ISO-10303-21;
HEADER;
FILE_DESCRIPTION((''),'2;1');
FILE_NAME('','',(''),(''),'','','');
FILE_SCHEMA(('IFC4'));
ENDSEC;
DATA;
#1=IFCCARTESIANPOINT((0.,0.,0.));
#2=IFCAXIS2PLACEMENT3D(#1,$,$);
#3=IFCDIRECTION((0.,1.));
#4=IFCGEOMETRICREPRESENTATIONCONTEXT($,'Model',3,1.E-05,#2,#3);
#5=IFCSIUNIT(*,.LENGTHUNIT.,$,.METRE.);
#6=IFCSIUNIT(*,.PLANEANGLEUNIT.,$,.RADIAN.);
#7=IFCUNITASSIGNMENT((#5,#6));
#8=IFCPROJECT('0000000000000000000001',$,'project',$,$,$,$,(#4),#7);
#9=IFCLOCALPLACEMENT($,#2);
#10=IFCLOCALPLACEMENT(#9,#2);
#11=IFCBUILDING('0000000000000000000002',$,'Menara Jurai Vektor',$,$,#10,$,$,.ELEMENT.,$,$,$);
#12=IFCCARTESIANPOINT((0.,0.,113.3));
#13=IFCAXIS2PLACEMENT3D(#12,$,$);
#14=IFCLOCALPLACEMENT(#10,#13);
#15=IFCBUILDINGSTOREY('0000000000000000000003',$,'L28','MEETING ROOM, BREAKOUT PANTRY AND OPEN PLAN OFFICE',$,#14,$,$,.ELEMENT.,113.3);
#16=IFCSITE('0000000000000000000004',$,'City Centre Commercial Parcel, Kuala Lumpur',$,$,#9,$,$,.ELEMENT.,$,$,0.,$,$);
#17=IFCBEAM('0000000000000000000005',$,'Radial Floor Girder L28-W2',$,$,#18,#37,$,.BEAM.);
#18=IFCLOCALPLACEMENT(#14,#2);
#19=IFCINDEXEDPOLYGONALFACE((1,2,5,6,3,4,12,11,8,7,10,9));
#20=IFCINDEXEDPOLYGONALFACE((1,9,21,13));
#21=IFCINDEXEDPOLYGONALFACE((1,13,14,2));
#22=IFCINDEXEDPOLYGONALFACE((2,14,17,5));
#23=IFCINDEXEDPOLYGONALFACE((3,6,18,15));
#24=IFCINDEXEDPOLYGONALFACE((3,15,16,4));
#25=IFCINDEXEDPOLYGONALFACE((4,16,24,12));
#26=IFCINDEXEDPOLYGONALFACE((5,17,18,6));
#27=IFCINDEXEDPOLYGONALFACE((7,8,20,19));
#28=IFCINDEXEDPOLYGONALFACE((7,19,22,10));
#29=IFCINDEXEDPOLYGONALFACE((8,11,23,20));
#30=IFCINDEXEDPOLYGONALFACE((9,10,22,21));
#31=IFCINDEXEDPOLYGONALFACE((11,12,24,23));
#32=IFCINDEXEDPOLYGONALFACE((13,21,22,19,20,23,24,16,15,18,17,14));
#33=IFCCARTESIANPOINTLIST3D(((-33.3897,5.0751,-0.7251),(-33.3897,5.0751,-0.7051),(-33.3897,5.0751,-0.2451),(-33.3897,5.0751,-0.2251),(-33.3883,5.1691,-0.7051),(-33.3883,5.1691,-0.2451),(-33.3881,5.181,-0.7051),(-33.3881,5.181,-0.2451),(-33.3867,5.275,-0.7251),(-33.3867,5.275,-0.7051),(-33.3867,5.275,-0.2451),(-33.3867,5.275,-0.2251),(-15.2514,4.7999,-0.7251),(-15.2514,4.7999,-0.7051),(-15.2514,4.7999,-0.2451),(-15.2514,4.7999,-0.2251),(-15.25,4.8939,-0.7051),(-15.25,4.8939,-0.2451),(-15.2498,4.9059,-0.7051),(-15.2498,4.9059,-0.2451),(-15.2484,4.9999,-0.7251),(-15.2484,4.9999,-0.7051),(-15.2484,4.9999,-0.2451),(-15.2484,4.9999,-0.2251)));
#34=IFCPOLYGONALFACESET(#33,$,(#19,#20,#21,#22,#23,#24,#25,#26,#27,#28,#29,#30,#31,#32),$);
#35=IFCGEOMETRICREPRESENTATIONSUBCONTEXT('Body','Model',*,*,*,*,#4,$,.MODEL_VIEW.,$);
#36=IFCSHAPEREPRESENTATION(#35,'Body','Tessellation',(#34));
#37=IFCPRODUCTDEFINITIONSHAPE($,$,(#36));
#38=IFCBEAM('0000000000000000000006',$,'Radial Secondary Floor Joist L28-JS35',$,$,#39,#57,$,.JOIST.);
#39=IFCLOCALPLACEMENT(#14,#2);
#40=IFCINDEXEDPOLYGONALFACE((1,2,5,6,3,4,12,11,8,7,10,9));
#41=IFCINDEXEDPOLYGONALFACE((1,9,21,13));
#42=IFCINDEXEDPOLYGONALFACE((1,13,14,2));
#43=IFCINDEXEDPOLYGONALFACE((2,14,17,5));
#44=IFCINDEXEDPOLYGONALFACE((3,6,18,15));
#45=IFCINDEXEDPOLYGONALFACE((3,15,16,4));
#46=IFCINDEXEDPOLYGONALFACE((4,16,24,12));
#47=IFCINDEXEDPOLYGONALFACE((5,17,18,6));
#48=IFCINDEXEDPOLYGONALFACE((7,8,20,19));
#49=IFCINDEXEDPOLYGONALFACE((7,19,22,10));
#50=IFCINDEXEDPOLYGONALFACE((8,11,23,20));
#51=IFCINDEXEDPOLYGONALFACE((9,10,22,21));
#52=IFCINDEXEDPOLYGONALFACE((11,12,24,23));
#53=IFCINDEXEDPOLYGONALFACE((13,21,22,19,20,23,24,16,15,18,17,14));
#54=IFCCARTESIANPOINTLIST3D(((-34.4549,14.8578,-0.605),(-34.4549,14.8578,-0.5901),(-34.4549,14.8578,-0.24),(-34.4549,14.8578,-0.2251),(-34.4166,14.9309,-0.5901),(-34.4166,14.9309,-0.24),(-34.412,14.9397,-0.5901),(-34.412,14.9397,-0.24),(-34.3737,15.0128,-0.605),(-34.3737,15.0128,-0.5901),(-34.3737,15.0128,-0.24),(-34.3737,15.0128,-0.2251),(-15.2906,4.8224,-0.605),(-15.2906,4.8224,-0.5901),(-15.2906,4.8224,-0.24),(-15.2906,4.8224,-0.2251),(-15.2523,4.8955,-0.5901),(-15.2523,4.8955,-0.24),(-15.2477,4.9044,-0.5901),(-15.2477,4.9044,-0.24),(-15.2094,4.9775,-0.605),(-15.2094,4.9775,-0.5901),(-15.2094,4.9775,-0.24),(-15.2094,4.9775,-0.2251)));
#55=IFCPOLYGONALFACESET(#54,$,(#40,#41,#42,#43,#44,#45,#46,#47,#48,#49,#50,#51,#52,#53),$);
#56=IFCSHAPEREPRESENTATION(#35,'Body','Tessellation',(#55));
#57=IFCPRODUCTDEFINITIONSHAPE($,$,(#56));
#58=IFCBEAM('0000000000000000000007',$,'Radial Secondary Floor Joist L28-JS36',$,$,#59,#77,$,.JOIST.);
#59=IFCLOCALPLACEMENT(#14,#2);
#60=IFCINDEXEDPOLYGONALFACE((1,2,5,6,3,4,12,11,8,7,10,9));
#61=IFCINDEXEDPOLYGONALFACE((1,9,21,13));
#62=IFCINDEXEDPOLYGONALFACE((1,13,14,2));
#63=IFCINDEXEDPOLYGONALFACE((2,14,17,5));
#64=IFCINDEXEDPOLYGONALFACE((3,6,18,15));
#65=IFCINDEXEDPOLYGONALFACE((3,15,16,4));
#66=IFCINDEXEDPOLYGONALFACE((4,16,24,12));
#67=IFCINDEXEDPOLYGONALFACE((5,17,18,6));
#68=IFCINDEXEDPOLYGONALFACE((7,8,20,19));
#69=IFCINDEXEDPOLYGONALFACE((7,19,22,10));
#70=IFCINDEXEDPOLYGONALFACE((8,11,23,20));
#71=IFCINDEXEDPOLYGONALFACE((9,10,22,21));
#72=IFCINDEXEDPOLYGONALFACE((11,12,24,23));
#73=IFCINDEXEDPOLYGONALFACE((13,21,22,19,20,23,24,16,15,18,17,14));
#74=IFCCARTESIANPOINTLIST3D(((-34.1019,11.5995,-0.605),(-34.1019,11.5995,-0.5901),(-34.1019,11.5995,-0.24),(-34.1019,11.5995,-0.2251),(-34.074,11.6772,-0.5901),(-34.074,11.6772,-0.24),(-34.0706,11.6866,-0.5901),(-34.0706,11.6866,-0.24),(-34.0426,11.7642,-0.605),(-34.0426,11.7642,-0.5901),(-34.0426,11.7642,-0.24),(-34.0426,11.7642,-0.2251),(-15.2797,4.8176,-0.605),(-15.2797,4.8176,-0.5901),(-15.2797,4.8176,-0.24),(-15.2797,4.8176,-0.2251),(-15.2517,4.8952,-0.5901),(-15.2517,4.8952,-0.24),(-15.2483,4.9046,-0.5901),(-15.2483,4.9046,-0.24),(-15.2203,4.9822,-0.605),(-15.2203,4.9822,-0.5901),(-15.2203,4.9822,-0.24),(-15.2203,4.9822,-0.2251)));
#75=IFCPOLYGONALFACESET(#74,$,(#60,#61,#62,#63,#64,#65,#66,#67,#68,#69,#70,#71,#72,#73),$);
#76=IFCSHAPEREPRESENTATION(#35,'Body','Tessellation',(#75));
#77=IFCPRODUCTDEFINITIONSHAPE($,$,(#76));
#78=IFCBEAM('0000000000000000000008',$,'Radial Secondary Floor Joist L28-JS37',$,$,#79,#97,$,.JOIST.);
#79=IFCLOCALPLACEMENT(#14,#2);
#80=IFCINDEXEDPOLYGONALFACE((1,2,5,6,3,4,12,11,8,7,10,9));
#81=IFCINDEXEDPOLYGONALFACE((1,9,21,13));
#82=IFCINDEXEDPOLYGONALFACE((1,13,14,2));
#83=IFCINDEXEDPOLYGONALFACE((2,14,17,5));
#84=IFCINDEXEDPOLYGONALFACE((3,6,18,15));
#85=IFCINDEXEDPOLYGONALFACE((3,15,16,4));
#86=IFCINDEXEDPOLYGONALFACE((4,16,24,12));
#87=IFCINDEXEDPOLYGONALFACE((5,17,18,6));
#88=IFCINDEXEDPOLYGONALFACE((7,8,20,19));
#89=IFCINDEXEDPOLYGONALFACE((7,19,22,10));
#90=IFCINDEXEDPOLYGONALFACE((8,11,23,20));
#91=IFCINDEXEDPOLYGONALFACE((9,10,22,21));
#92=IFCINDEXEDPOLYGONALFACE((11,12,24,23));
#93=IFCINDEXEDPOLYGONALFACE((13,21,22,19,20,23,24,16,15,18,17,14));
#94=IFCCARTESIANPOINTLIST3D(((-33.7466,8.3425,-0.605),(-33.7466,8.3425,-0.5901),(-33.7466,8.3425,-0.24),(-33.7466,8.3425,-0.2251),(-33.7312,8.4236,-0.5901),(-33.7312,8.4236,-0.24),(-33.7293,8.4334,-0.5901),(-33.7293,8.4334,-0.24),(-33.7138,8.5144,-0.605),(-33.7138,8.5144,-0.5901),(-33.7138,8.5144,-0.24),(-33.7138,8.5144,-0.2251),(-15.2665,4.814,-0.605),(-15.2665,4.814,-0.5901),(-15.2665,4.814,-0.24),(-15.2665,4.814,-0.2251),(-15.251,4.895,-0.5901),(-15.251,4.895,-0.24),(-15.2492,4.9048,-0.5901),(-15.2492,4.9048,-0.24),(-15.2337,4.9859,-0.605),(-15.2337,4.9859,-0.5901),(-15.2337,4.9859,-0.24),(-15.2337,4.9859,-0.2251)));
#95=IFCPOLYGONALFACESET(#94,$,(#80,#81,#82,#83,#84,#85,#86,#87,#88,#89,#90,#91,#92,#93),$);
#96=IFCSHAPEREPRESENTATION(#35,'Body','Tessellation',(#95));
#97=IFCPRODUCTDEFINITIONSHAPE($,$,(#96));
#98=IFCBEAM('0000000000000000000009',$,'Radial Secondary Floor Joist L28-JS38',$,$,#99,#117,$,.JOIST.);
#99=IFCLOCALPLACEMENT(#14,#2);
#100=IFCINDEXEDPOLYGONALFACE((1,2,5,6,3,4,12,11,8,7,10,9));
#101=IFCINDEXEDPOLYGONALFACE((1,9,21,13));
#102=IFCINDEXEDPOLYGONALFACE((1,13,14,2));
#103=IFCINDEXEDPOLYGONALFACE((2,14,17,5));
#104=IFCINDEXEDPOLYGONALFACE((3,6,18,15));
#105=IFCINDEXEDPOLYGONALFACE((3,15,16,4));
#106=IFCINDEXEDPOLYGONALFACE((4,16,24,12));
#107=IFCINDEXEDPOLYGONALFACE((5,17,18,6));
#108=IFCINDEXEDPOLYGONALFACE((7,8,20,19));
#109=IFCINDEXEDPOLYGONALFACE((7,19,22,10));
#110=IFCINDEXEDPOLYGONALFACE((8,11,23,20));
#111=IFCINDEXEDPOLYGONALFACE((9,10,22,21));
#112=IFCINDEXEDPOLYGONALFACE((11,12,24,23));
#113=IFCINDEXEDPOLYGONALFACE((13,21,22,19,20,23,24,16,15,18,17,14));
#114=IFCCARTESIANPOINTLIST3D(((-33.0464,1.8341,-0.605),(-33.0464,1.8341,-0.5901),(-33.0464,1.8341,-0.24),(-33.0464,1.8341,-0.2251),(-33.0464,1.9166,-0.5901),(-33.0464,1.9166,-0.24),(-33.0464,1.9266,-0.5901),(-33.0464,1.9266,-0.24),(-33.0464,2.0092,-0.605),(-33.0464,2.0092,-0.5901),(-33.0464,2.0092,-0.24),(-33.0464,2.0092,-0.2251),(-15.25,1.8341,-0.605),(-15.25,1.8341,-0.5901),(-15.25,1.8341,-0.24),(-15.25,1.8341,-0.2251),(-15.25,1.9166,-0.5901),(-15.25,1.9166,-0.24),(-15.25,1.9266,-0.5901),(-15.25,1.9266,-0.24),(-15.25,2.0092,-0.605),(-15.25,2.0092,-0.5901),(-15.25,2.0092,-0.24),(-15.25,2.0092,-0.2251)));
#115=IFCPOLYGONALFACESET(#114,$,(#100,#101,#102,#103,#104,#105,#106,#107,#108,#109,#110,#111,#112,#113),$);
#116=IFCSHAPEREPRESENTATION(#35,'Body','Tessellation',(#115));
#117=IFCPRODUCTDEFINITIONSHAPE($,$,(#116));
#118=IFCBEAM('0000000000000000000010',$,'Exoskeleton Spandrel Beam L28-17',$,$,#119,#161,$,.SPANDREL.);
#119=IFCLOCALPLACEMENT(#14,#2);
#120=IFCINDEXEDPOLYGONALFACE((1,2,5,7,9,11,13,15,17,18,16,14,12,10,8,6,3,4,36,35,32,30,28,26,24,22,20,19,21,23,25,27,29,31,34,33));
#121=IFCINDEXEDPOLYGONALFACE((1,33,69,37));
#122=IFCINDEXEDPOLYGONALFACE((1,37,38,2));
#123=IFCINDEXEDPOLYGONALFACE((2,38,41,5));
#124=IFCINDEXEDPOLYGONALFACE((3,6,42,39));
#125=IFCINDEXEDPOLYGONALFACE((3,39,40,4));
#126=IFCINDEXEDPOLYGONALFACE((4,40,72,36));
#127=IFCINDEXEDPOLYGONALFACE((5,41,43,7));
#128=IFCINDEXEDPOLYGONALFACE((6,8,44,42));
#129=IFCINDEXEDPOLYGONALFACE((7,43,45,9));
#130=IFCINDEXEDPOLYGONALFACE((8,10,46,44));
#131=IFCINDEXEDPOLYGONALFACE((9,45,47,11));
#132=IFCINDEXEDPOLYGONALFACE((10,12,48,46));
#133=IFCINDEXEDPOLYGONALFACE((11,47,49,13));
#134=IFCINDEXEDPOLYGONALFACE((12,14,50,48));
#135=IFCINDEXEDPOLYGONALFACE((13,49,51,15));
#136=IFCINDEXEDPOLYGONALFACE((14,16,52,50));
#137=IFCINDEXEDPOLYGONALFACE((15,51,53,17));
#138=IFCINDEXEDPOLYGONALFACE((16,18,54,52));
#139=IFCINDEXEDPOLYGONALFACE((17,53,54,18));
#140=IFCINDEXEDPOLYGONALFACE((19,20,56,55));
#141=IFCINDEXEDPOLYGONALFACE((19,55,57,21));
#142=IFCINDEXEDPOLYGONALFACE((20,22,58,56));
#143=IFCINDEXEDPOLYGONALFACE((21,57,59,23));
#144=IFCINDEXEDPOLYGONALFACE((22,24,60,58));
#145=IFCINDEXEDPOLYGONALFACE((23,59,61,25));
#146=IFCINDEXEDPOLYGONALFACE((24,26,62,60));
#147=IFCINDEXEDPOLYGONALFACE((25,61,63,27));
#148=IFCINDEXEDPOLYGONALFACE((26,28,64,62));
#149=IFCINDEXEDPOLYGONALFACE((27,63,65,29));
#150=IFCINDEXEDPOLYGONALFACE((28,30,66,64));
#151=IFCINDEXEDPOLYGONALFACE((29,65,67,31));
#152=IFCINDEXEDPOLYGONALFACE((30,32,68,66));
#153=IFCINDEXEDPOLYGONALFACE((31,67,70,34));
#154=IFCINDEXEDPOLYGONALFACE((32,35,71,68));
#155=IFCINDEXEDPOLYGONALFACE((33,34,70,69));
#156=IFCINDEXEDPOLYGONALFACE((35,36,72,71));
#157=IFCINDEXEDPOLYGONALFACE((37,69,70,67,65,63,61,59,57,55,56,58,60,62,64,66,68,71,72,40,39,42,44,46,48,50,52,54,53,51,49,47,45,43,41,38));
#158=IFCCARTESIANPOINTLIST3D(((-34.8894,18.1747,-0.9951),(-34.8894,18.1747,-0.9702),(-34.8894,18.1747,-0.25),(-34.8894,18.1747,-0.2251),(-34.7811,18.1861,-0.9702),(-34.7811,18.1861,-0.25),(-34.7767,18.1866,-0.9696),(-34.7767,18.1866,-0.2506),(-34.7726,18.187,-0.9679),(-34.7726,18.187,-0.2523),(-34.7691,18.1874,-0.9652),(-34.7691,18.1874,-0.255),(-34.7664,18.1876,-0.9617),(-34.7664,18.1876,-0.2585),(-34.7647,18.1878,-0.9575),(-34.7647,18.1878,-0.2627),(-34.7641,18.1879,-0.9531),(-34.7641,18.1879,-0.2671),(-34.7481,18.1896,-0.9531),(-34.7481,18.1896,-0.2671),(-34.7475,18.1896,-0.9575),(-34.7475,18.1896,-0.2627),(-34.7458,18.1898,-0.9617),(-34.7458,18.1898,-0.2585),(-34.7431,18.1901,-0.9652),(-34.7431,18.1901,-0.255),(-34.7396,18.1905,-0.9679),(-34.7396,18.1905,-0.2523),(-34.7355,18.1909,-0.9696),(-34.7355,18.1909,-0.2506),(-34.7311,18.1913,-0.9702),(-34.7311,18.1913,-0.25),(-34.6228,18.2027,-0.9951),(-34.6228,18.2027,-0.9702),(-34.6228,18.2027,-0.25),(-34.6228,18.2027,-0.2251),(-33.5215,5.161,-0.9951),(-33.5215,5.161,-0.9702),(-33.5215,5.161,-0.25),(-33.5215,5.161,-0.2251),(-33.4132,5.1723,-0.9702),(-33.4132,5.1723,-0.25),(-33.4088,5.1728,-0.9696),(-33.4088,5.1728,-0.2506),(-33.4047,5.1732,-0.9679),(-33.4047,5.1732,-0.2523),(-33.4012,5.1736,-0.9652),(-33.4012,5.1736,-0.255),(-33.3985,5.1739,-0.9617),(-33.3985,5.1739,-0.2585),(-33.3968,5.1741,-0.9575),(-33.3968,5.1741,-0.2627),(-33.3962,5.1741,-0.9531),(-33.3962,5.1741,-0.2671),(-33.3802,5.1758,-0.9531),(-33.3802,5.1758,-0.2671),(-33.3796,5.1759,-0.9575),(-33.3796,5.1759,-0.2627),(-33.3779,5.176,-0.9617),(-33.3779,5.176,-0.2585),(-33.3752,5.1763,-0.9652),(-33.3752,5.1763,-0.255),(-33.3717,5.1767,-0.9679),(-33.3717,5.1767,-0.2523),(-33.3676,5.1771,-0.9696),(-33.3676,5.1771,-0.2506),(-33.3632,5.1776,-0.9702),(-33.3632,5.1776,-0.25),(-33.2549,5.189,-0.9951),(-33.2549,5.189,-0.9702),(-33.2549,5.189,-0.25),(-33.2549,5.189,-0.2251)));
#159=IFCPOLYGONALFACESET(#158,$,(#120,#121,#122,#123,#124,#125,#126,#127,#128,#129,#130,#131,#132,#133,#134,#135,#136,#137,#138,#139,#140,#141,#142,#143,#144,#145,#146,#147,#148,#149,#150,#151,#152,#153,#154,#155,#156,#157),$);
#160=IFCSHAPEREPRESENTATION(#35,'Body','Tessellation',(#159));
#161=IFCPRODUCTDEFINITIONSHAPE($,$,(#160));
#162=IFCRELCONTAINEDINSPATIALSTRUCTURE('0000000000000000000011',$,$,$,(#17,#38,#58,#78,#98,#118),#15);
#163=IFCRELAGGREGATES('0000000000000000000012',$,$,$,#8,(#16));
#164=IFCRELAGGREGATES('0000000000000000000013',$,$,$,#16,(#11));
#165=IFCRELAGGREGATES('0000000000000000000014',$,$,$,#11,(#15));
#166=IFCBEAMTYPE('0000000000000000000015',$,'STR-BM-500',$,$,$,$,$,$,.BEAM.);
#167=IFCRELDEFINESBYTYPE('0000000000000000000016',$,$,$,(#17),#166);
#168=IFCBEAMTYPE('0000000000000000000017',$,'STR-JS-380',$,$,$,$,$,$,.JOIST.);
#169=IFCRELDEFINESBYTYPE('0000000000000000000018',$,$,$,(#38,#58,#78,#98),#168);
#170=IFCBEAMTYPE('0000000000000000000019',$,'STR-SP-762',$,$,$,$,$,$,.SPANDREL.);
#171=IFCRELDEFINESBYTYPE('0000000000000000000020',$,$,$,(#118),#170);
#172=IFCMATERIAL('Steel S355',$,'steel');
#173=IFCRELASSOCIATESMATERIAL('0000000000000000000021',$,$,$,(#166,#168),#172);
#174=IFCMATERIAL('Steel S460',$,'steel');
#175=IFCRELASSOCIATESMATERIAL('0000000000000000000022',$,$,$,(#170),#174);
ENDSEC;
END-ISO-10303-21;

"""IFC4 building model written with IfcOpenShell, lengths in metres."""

from ifc_helpers import new_model, si_unit, direction, frame, origin, origin_2d, place, context, subcontext, project, spatial, i_section, extrude, material, material_profile, profile_set, type_object, element, save


model = new_model("IFC4")

# Units and contexts
model_context = context("Model", 3, precision=1e-05, world=origin(), true_north=direction((0.0, 1.0)))
body_context = subcontext(model_context, "Body", "Model", "MODEL_VIEW")
ifc_project = project(units=[si_unit("LENGTHUNIT", "METRE"), si_unit("PLANEANGLEUNIT", "RADIAN")], contexts=[model_context])

# Site, building, storey
site_placement = place(None, origin())
site = spatial("IfcSite", under=ifc_project, at=site_placement, Name="City Centre Commercial Parcel, Kuala Lumpur", CompositionType="ELEMENT", RefElevation=0.0)
building_placement = place(site_placement, origin())
building = spatial("IfcBuilding", under=site, at=building_placement, Name="Menara Jurai Vektor", CompositionType="ELEMENT")
storey_placement = place(building_placement, frame((0.0, 0.0, 113.3)))
storey = spatial("IfcBuildingStorey", under=building, at=storey_placement, Name="L28", Description="MEETING ROOM, BREAKOUT PANTRY AND OPEN PLAN OFFICE", CompositionType="ELEMENT", Elevation=113.3)

# Shared definitions
ifc_material_1 = material(Name="Steel S460", Category="steel")

# Beams
ifc_material_2 = material(Name="Steel S355", Category="steel")
ifc_material_profile_1 = material_profile(ifc_material_2, i_section(OverallWidth=0.2, OverallDepth=0.5, WebThickness=0.012, FlangeThickness=0.02, at=origin_2d()), Name="PG 500x200x96")
ifc_profile_set_1 = profile_set([ifc_material_profile_1], Name="Steel S355")
beam_type_1 = type_object("IfcBeamType", Name="STR-BM-500", PredefinedType="BEAM", material=ifc_profile_set_1)
beam_1_placement = place(storey_placement, frame((-33.3882, 5.175, -0.4751), z_axis=(0.999885, -0.015168, 0.0), x_axis=(0.015168, 0.999885, 0.0)))
element("IfcBeam", 1, at=beam_1_placement, inside=storey, type_object=beam_type_1, Name="Radial Floor Girder L28-W2", PredefinedType="BEAM", context=body_context, shape_type="SweptSolid", body=[
    extrude(i_section(OverallWidth=0.2, OverallDepth=0.5, WebThickness=0.012, FlangeThickness=0.02, at=origin_2d()), origin(), (0.0, 0.0, 1.0), 18.1404),
])
ifc_material_profile_2 = material_profile(ifc_material_2, i_section(OverallWidth=0.175, OverallDepth=0.3799, WebThickness=0.01, FlangeThickness=0.0149, at=origin_2d()), Name="PG 380x175x58")
ifc_profile_set_2 = profile_set([ifc_material_profile_2], Name="Steel S355")
beam_type_2 = type_object("IfcBeamType", Name="STR-JS-380", PredefinedType="JOIST", material=ifc_profile_set_2)
beam_2_placement = place(storey_placement, frame((-34.4143, 14.9353, -0.415), z_axis=(0.885889, -0.463897, 0.0), x_axis=(0.463897, 0.885889, 0.0)))
element("IfcBeam", 2, at=beam_2_placement, inside=storey, type_object=beam_type_2, Name="Radial Secondary Floor Joist L28-JS35", PredefinedType="JOIST", context=body_context, shape_type="SweptSolid", body=[
    extrude(i_section(OverallWidth=0.175, OverallDepth=0.3799, WebThickness=0.01, FlangeThickness=0.0149, at=origin_2d()), origin(), (0.0, 0.0, 1.0), 21.6328),
])
beam_3_placement = place(storey_placement, frame((-34.0723, 11.6819, -0.415), z_axis=(0.940792, -0.338983, 0.0), x_axis=(0.338983, 0.940792, 0.0)))
element("IfcBeam", 3, at=beam_3_placement, inside=storey, type_object=beam_type_2, Name="Radial Secondary Floor Joist L28-JS36", PredefinedType="JOIST", context=body_context, shape_type="SweptSolid", body=[
    extrude(i_section(OverallWidth=0.175, OverallDepth=0.3799, WebThickness=0.01, FlangeThickness=0.0149, at=origin_2d()), origin(), (0.0, 0.0, 1.0), 20.0068),
])
beam_4_placement = place(storey_placement, frame((-33.7302, 8.4285, -0.415), z_axis=(0.982255, -0.187549, 0.0), x_axis=(0.187549, 0.982255, 0.0)))
element("IfcBeam", 4, at=beam_4_placement, inside=storey, type_object=beam_type_2, Name="Radial Secondary Floor Joist L28-JS37", PredefinedType="JOIST", context=body_context, shape_type="SweptSolid", body=[
    extrude(i_section(OverallWidth=0.175, OverallDepth=0.3799, WebThickness=0.01, FlangeThickness=0.0149, at=origin_2d()), origin(), (0.0, 0.0, 1.0), 18.814),
])
beam_5_placement = place(storey_placement, frame((-33.0464, 1.9216, -0.415), z_axis=(1.0, 0.0, 0.0), x_axis=(0.0, 1.0, 0.0)))
element("IfcBeam", 5, at=beam_5_placement, inside=storey, type_object=beam_type_2, Name="Radial Secondary Floor Joist L28-JS38", PredefinedType="JOIST", context=body_context, shape_type="SweptSolid", body=[
    extrude(i_section(OverallWidth=0.175, OverallDepth=0.3799, WebThickness=0.01, FlangeThickness=0.0149, at=origin_2d()), origin(), (0.0, 0.0, 1.0), 17.7964),
])
ifc_material_profile_3 = material_profile(ifc_material_1, i_section(OverallWidth=0.2681, OverallDepth=0.77, WebThickness=0.0161, FlangeThickness=0.0249, FilletRadius=0.0171, at=origin_2d()), Name="UKB 762x267x197")
ifc_profile_set_3 = profile_set([ifc_material_profile_3], Name="Steel S460")
beam_type_3 = type_object("IfcBeamType", Name="STR-SP-762", PredefinedType="SPANDREL", material=ifc_profile_set_3)
beam_6_placement = place(storey_placement, frame((-34.7561, 18.1887, -0.6101), z_axis=(0.104538, -0.994521, 0.0), x_axis=(0.994521, 0.104538, 0.0)))
element("IfcBeam", 6, at=beam_6_placement, inside=storey, type_object=beam_type_3, Name="Exoskeleton Spandrel Beam L28-17", PredefinedType="SPANDREL", context=body_context, shape_type="SweptSolid", body=[
    extrude(i_section(OverallWidth=0.2681, OverallDepth=0.77, WebThickness=0.0161, FlangeThickness=0.0249, FilletRadius=0.0171, at=origin_2d()), origin(), (0.0, 0.0, 1.0), 13.0854),
])

save(model, "model.ifc")
